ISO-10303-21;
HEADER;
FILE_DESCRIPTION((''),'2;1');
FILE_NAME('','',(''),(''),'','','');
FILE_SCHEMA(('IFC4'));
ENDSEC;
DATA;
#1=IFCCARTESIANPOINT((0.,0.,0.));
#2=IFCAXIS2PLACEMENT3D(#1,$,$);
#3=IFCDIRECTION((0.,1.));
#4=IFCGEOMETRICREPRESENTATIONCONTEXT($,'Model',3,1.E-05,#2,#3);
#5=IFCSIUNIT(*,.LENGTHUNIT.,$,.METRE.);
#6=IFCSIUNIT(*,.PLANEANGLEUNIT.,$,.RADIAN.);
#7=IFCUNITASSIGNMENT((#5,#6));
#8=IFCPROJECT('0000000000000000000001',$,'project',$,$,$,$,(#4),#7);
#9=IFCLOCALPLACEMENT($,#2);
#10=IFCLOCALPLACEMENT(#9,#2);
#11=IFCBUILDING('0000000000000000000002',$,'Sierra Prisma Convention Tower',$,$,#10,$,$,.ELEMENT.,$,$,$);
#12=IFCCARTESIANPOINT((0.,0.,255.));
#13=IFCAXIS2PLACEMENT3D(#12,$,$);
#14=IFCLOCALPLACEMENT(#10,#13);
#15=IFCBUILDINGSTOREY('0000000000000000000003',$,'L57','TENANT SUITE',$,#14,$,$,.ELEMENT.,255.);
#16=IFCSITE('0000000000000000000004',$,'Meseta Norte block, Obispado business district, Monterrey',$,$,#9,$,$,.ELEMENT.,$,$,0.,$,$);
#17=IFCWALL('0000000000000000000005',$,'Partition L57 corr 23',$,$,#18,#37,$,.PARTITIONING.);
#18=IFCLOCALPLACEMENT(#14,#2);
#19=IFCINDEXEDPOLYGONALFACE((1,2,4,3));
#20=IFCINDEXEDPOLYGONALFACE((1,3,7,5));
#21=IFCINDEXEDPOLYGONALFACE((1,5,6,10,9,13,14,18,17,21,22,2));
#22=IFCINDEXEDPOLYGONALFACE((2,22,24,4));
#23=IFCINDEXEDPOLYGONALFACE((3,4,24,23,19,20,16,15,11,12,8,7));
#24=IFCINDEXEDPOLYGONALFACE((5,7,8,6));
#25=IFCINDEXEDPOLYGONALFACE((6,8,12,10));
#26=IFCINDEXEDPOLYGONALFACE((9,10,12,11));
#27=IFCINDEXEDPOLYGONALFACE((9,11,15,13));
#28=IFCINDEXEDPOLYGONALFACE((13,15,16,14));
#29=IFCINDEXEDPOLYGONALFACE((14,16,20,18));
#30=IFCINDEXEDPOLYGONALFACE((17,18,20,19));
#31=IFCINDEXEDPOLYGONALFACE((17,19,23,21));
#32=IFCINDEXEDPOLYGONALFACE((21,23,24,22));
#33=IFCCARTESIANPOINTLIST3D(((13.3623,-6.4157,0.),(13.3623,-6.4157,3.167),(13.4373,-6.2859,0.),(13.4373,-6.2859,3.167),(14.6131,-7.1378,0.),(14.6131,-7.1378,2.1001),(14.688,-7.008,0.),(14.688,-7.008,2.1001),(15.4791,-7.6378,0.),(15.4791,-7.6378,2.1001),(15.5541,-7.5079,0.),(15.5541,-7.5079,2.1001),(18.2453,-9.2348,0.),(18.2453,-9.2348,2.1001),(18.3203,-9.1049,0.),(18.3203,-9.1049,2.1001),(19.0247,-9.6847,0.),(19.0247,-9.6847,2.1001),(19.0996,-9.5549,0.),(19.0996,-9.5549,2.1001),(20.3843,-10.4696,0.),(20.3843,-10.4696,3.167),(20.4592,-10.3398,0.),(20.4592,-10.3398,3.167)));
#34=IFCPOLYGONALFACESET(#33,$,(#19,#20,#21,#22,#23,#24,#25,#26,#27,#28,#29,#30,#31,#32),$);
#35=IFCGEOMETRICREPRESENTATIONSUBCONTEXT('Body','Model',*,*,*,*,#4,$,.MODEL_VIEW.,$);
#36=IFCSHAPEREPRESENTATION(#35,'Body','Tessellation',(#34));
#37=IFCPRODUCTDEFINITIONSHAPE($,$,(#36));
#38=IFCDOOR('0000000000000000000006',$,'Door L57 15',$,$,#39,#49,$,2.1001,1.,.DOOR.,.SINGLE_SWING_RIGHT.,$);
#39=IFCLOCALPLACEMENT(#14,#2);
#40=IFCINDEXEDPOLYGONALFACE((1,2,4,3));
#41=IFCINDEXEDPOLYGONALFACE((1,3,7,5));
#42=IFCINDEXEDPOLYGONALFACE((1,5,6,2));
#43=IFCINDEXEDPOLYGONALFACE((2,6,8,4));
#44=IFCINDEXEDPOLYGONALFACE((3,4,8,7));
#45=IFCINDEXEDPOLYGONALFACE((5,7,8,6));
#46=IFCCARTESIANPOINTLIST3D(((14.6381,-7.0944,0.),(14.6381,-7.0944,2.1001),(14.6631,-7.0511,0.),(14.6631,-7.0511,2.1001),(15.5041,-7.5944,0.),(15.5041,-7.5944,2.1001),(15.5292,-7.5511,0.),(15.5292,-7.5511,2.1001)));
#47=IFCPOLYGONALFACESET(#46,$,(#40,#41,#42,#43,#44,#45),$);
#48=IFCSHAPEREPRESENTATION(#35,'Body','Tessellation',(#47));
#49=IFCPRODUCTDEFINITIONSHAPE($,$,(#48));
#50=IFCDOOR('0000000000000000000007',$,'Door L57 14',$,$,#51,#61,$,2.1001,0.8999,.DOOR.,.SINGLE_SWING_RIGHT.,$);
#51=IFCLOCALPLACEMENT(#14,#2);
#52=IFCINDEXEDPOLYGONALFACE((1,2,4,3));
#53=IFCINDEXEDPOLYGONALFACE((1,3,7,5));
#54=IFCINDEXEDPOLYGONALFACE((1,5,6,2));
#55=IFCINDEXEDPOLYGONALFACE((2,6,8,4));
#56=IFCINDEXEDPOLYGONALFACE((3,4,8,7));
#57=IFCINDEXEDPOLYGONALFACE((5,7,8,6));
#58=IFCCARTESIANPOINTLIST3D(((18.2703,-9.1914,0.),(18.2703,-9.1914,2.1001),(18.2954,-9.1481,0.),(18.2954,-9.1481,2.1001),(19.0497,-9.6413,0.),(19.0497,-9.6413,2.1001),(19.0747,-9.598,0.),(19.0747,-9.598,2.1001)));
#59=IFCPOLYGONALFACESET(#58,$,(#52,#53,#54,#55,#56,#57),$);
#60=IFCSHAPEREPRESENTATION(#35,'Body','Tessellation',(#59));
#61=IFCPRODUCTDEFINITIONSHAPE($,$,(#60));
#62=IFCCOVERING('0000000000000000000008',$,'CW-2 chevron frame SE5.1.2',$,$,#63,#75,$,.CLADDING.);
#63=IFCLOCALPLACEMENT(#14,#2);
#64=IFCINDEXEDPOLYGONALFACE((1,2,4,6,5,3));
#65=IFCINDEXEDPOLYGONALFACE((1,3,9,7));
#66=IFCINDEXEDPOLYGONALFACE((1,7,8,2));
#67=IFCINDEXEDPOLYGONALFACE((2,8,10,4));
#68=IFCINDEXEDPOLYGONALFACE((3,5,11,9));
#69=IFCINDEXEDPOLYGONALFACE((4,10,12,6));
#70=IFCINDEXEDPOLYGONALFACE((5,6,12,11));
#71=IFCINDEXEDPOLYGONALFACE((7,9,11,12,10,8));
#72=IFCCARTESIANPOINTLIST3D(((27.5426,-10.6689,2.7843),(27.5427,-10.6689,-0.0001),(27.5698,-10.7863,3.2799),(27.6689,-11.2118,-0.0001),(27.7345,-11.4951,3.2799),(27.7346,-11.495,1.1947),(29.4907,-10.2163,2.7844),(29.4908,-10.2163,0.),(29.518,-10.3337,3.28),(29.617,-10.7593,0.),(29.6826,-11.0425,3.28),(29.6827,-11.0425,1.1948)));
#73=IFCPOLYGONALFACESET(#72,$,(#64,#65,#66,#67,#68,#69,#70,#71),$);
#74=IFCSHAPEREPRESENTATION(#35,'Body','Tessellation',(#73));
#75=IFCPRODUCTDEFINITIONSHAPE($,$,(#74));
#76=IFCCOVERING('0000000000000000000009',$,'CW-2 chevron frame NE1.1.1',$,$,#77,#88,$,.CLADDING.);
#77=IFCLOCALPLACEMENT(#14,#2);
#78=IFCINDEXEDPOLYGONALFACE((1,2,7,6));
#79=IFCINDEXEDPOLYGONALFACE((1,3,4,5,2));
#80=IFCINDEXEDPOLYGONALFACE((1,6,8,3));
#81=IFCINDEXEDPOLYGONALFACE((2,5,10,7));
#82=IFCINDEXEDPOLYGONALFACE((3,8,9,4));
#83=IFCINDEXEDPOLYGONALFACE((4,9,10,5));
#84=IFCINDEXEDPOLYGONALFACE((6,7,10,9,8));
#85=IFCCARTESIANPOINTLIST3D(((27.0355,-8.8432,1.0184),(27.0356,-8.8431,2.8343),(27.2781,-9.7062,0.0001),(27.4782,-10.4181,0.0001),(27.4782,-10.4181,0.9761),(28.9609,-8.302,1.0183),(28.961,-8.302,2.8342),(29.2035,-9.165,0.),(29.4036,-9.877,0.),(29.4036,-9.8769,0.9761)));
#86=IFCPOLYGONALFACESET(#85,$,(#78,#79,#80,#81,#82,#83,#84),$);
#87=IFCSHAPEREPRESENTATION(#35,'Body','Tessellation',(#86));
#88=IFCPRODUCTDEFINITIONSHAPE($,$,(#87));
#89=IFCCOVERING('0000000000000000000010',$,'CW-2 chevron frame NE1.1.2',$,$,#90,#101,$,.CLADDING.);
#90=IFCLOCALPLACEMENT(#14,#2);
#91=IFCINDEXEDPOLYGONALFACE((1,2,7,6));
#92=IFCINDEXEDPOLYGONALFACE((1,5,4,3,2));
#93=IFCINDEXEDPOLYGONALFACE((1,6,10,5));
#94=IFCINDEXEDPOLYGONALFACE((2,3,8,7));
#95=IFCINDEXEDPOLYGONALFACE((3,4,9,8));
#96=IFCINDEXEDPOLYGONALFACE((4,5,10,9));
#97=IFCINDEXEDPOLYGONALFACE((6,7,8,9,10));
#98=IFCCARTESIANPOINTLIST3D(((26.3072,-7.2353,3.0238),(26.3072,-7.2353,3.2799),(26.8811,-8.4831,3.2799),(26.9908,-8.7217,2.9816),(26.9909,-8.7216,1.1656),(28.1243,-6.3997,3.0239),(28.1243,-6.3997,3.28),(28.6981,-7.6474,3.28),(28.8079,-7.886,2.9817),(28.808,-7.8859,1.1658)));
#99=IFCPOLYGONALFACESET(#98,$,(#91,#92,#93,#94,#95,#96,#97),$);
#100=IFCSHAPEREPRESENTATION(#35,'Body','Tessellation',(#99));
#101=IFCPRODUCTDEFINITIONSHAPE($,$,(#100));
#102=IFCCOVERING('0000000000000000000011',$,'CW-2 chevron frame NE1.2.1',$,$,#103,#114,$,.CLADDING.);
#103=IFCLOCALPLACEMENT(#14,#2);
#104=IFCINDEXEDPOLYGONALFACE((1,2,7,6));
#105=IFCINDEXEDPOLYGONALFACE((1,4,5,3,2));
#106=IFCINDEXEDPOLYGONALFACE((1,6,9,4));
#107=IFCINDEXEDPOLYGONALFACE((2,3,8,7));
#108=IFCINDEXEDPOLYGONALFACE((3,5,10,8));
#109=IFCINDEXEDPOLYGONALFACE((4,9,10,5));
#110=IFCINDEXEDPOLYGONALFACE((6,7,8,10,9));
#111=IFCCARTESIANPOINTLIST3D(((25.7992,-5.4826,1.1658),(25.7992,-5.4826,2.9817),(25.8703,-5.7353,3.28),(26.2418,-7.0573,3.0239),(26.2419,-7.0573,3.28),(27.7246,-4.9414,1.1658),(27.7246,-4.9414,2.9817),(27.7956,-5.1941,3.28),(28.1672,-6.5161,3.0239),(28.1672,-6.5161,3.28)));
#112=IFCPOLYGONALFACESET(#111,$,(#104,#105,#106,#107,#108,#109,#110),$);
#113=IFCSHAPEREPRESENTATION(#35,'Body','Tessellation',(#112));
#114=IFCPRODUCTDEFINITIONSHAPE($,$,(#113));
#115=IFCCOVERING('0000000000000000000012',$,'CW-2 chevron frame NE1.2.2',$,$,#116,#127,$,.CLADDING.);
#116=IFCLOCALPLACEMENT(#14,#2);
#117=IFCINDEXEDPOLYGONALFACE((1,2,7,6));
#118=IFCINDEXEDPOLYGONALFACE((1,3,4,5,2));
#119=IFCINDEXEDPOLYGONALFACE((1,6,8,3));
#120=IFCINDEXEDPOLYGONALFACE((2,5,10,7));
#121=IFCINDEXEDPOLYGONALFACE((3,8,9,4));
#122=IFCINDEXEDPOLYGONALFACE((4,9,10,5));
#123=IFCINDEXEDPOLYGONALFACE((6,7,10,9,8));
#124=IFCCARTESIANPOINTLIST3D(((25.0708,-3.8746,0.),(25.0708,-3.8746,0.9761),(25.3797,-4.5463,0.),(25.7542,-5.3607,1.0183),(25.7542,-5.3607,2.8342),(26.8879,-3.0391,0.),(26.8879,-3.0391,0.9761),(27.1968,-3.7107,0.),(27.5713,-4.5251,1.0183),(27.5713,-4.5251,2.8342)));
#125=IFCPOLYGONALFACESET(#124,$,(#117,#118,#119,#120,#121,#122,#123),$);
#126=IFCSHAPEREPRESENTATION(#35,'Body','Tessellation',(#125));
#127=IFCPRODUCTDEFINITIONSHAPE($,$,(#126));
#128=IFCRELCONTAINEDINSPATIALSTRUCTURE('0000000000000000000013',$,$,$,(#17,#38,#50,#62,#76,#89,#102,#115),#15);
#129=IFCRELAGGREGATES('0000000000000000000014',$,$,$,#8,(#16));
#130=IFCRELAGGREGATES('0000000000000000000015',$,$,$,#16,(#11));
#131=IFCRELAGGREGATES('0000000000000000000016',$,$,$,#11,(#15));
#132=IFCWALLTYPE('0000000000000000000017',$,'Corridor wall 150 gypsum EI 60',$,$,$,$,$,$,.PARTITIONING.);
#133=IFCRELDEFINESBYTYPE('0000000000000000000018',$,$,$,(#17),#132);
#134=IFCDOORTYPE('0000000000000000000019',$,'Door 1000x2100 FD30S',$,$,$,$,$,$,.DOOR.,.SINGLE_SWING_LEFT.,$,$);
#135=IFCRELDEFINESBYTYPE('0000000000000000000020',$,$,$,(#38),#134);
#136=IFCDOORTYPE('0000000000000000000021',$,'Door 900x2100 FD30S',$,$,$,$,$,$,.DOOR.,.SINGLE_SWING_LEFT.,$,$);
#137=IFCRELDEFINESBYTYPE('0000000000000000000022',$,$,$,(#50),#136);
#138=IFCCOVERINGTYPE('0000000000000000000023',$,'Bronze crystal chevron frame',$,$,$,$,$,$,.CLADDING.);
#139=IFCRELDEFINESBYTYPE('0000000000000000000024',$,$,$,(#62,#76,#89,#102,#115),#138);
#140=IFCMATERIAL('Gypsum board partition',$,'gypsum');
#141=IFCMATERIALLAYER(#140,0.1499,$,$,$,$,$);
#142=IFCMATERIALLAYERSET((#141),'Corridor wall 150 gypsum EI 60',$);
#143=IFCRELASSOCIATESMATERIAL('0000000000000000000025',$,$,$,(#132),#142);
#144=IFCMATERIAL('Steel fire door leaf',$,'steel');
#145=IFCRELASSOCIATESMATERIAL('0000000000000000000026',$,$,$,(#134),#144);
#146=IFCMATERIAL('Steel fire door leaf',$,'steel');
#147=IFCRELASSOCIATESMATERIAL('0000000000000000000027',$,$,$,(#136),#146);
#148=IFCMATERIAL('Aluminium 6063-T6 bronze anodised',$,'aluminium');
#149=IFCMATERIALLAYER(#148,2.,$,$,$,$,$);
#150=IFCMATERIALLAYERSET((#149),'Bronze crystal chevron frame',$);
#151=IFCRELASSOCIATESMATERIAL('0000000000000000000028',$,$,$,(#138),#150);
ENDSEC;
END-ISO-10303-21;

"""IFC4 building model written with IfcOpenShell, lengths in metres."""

from ifc_helpers import new_model, si_unit, direction, frame, frame_2d, origin, place, context, subcontext, project, spatial, polyline, rectangle, outline, extrude, material, layer, layer_set, type_object, element, fill, save


model = new_model("IFC4")

# Units and contexts
model_context = context("Model", 3, precision=1e-05, world=origin(), true_north=direction((0.0, 1.0)))
body_context = subcontext(model_context, "Body", "Model", "MODEL_VIEW")
ifc_project = project(units=[si_unit("LENGTHUNIT", "METRE"), si_unit("PLANEANGLEUNIT", "RADIAN")], contexts=[model_context])

# Site, building, storey
site_placement = place(None, origin())
site = spatial("IfcSite", under=ifc_project, at=site_placement, Name="Meseta Norte block, Obispado business district, Monterrey", CompositionType="ELEMENT", RefElevation=0.0)
building_placement = place(site_placement, origin())
building = spatial("IfcBuilding", under=site, at=building_placement, Name="Sierra Prisma Convention Tower", CompositionType="ELEMENT")
storey_placement = place(building_placement, frame((0.0, 0.0, 255.0)))
storey = spatial("IfcBuildingStorey", under=building, at=storey_placement, Name="L57", Description="TENANT SUITE", CompositionType="ELEMENT", Elevation=255.0)

# Wall, openings, doors
ifc_material_1 = material(Name="Gypsum board partition", Category="gypsum")
ifc_layer_1 = layer(ifc_material_1, 0.1499)
ifc_layer_set_1 = layer_set([ifc_layer_1], Name="Corridor wall 150 gypsum EI 60")
wall_type_1 = type_object("IfcWallType", Name="Corridor wall 150 gypsum EI 60", PredefinedType="PARTITIONING", material=ifc_layer_set_1)
wall_1_placement = place(storey_placement, frame((20.4219, -10.4048, 0.0), z_axis=(0.0, 0.0, 1.0), x_axis=(-0.866035, 0.499983, 0.0)))
wall_1 = element("IfcWall", 1, at=wall_1_placement, inside=storey, type_object=wall_type_1, Name="Partition L57 corr 23", PredefinedType="PARTITIONING", context=body_context, shape_type="SweptSolid", body=[
    extrude(rectangle(XDim=8.1082, YDim=0.1499, at=frame_2d((4.0542, 0.0))), origin(), (0.0, 0.0, 1.0), 3.167),
])
opening_1_placement = place(wall_1_placement, frame((1.5701, 0.0, 0.0)))
opening_1 = element("IfcOpeningElement", 2, at=opening_1_placement, cuts=wall_1, PredefinedType="OPENING", context=body_context, shape_type="SweptSolid", body=[
    extrude(rectangle(XDim=0.8999, YDim=2.1001, at=frame_2d((0.45, 1.05))), frame((0.0, 0.075, 0.0), z_axis=(0.0, -1.0, 0.0), x_axis=(1.0, 0.0, 0.0)), (0.0, 0.0, 1.0), 0.1499),
])
opening_2_placement = place(wall_1_placement, frame((5.6641, 0.0, 0.0)))
opening_2 = element("IfcOpeningElement", 3, at=opening_2_placement, cuts=wall_1, PredefinedType="OPENING", context=body_context, shape_type="SweptSolid", body=[
    extrude(rectangle(XDim=1.0, YDim=2.1001, at=frame_2d((0.5, 1.05))), frame((0.0, 0.075, 0.0), z_axis=(0.0, -1.0, 0.0), x_axis=(1.0, 0.0, 0.0)), (0.0, 0.0, 1.0), 0.1499),
])
ifc_material_2 = material(Name="Steel fire door leaf", Category="steel")
door_type_1 = type_object("IfcDoorType", Name="Door 1000x2100 FD30S", OperationType="SINGLE_SWING_LEFT", PredefinedType="DOOR", material=ifc_material_2)
door_1_placement = place(opening_2_placement, origin())
door_1 = element("IfcDoor", 4, at=door_1_placement, inside=storey, type_object=door_type_1, Name="Door L57 15", OperationType="SINGLE_SWING_RIGHT", OverallHeight=2.1001, OverallWidth=1.0, PredefinedType="DOOR", context=body_context, shape_type="SweptSolid", body=[
    extrude(rectangle(XDim=1.0, YDim=2.1001, at=frame_2d((0.5, 1.05))), frame((0.0, 0.0249, 0.0), z_axis=(0.0, -1.0, 0.0), x_axis=(1.0, 0.0, 0.0)), (0.0, 0.0, 1.0), 0.05),
])
fill(opening_2, door_1)
ifc_material_3 = material(Name="Steel fire door leaf", Category="steel")
door_type_2 = type_object("IfcDoorType", Name="Door 900x2100 FD30S", OperationType="SINGLE_SWING_LEFT", PredefinedType="DOOR", material=ifc_material_3)
door_2_placement = place(opening_1_placement, origin())
door_2 = element("IfcDoor", 5, at=door_2_placement, inside=storey, type_object=door_type_2, Name="Door L57 14", OperationType="SINGLE_SWING_RIGHT", OverallHeight=2.1001, OverallWidth=0.8999, PredefinedType="DOOR", context=body_context, shape_type="SweptSolid", body=[
    extrude(rectangle(XDim=0.8999, YDim=2.1001, at=frame_2d((0.45, 1.05))), frame((0.0, 0.0249, 0.0), z_axis=(0.0, -1.0, 0.0), x_axis=(1.0, 0.0, 0.0)), (0.0, 0.0, 1.0), 0.05),
])
fill(opening_1, door_2)

# Coverings
ifc_material_4 = material(Name="Aluminium 6063-T6 bronze anodised", Category="aluminium")
ifc_layer_2 = layer(ifc_material_4, 2.0)
ifc_layer_set_2 = layer_set([ifc_layer_2], Name="Bronze crystal chevron frame")
covering_type = type_object("IfcCoveringType", Name="Bronze crystal chevron frame", PredefinedType="CLADDING", material=ifc_layer_set_2)
covering_1_placement = place(storey_placement, frame((29.6826, -11.0425, 3.28), z_axis=(0.974061, 0.226286, 0.000045), x_axis=(0.000044, 0.00001, -1.0)))
element("IfcCovering", 6, at=covering_1_placement, inside=storey, type_object=covering_type, Name="CW-2 chevron frame SE5.1.2", PredefinedType="CLADDING", context=body_context, shape_type="SweptSolid", body=[
    extrude(outline(polyline([(0.0, 0.0), (2.0852, 0.0), (3.28, 0.2907), (3.28, 0.8482), (0.4956, 0.8482), (0.0, 0.7276), (0.0, 0.0)])), origin(), (0.0, 0.0, -1.0), 2.0),
])
covering_2_placement = place(storey_placement, frame((29.4036, -9.877, 0.0), z_axis=(0.962697, 0.270581, -0.000035), x_axis=(-0.270581, 0.962697, 0.0)))
element("IfcCovering", 7, at=covering_2_placement, inside=storey, type_object=covering_type, Name="CW-2 chevron frame NE1.1.1", PredefinedType="CLADDING", context=body_context, shape_type="SweptSolid", body=[
    extrude(outline(polyline([(0.0, 0.0), (0.7395, 0.0), (1.636, 1.0183), (1.636, 2.8342), (0.0, 0.9761), (0.0, 0.0)])), origin(), (0.0, 0.0, -1.0), 2.0),
])
covering_3_placement = place(storey_placement, frame((28.8079, -7.886, 2.9817), z_axis=(0.908522, 0.417836, 0.000063), x_axis=(0.000057, 0.000026, -1.0)))
element("IfcCovering", 8, at=covering_3_placement, inside=storey, type_object=covering_type, Name="CW-2 chevron frame NE1.1.2", PredefinedType="CLADDING", context=body_context, shape_type="SweptSolid", body=[
    extrude(outline(polyline([(0.0, 0.0), (1.8159, 0.0), (-0.0422, 1.636), (-0.2983, 1.636), (-0.2983, 0.2626), (0.0, 0.0)])), origin(), (0.0, 0.0, -1.0), 2.0),
])
covering_4_placement = place(storey_placement, frame((28.1672, -6.5161, 3.28), z_axis=(0.962693, 0.270597, -0.000008), x_axis=(-0.000007, -0.000002, -1.0)))
element("IfcCovering", 9, at=covering_4_placement, inside=storey, type_object=covering_type, Name="CW-2 chevron frame NE1.2.1", PredefinedType="CLADDING", context=body_context, shape_type="SweptSolid", body=[
    extrude(outline(polyline([(0.0, 0.0), (0.2561, 0.0), (2.1143, 1.6357), (0.2983, 1.6357), (0.0, 1.3732), (0.0, 0.0)])), origin(), (0.0, 0.0, -1.0), 2.0),
])
covering_5_placement = place(storey_placement, frame((26.8879, -3.0391, 0.0), z_axis=(0.908548, 0.41778, 0.0), x_axis=(0.0, 0.0, 1.0)))
element("IfcCovering", 10, at=covering_5_placement, inside=storey, type_object=covering_type, Name="CW-2 chevron frame NE1.2.2", PredefinedType="CLADDING", context=body_context, shape_type="SweptSolid", body=[
    extrude(outline(polyline([(0.0, 0.0), (0.9761, 0.0), (2.8342, 1.6357), (1.0183, 1.6357), (0.0, 0.7392), (0.0, 0.0)])), origin(), (0.0, 0.0, -1.0), 2.0),
])

save(model, "model.ifc")
